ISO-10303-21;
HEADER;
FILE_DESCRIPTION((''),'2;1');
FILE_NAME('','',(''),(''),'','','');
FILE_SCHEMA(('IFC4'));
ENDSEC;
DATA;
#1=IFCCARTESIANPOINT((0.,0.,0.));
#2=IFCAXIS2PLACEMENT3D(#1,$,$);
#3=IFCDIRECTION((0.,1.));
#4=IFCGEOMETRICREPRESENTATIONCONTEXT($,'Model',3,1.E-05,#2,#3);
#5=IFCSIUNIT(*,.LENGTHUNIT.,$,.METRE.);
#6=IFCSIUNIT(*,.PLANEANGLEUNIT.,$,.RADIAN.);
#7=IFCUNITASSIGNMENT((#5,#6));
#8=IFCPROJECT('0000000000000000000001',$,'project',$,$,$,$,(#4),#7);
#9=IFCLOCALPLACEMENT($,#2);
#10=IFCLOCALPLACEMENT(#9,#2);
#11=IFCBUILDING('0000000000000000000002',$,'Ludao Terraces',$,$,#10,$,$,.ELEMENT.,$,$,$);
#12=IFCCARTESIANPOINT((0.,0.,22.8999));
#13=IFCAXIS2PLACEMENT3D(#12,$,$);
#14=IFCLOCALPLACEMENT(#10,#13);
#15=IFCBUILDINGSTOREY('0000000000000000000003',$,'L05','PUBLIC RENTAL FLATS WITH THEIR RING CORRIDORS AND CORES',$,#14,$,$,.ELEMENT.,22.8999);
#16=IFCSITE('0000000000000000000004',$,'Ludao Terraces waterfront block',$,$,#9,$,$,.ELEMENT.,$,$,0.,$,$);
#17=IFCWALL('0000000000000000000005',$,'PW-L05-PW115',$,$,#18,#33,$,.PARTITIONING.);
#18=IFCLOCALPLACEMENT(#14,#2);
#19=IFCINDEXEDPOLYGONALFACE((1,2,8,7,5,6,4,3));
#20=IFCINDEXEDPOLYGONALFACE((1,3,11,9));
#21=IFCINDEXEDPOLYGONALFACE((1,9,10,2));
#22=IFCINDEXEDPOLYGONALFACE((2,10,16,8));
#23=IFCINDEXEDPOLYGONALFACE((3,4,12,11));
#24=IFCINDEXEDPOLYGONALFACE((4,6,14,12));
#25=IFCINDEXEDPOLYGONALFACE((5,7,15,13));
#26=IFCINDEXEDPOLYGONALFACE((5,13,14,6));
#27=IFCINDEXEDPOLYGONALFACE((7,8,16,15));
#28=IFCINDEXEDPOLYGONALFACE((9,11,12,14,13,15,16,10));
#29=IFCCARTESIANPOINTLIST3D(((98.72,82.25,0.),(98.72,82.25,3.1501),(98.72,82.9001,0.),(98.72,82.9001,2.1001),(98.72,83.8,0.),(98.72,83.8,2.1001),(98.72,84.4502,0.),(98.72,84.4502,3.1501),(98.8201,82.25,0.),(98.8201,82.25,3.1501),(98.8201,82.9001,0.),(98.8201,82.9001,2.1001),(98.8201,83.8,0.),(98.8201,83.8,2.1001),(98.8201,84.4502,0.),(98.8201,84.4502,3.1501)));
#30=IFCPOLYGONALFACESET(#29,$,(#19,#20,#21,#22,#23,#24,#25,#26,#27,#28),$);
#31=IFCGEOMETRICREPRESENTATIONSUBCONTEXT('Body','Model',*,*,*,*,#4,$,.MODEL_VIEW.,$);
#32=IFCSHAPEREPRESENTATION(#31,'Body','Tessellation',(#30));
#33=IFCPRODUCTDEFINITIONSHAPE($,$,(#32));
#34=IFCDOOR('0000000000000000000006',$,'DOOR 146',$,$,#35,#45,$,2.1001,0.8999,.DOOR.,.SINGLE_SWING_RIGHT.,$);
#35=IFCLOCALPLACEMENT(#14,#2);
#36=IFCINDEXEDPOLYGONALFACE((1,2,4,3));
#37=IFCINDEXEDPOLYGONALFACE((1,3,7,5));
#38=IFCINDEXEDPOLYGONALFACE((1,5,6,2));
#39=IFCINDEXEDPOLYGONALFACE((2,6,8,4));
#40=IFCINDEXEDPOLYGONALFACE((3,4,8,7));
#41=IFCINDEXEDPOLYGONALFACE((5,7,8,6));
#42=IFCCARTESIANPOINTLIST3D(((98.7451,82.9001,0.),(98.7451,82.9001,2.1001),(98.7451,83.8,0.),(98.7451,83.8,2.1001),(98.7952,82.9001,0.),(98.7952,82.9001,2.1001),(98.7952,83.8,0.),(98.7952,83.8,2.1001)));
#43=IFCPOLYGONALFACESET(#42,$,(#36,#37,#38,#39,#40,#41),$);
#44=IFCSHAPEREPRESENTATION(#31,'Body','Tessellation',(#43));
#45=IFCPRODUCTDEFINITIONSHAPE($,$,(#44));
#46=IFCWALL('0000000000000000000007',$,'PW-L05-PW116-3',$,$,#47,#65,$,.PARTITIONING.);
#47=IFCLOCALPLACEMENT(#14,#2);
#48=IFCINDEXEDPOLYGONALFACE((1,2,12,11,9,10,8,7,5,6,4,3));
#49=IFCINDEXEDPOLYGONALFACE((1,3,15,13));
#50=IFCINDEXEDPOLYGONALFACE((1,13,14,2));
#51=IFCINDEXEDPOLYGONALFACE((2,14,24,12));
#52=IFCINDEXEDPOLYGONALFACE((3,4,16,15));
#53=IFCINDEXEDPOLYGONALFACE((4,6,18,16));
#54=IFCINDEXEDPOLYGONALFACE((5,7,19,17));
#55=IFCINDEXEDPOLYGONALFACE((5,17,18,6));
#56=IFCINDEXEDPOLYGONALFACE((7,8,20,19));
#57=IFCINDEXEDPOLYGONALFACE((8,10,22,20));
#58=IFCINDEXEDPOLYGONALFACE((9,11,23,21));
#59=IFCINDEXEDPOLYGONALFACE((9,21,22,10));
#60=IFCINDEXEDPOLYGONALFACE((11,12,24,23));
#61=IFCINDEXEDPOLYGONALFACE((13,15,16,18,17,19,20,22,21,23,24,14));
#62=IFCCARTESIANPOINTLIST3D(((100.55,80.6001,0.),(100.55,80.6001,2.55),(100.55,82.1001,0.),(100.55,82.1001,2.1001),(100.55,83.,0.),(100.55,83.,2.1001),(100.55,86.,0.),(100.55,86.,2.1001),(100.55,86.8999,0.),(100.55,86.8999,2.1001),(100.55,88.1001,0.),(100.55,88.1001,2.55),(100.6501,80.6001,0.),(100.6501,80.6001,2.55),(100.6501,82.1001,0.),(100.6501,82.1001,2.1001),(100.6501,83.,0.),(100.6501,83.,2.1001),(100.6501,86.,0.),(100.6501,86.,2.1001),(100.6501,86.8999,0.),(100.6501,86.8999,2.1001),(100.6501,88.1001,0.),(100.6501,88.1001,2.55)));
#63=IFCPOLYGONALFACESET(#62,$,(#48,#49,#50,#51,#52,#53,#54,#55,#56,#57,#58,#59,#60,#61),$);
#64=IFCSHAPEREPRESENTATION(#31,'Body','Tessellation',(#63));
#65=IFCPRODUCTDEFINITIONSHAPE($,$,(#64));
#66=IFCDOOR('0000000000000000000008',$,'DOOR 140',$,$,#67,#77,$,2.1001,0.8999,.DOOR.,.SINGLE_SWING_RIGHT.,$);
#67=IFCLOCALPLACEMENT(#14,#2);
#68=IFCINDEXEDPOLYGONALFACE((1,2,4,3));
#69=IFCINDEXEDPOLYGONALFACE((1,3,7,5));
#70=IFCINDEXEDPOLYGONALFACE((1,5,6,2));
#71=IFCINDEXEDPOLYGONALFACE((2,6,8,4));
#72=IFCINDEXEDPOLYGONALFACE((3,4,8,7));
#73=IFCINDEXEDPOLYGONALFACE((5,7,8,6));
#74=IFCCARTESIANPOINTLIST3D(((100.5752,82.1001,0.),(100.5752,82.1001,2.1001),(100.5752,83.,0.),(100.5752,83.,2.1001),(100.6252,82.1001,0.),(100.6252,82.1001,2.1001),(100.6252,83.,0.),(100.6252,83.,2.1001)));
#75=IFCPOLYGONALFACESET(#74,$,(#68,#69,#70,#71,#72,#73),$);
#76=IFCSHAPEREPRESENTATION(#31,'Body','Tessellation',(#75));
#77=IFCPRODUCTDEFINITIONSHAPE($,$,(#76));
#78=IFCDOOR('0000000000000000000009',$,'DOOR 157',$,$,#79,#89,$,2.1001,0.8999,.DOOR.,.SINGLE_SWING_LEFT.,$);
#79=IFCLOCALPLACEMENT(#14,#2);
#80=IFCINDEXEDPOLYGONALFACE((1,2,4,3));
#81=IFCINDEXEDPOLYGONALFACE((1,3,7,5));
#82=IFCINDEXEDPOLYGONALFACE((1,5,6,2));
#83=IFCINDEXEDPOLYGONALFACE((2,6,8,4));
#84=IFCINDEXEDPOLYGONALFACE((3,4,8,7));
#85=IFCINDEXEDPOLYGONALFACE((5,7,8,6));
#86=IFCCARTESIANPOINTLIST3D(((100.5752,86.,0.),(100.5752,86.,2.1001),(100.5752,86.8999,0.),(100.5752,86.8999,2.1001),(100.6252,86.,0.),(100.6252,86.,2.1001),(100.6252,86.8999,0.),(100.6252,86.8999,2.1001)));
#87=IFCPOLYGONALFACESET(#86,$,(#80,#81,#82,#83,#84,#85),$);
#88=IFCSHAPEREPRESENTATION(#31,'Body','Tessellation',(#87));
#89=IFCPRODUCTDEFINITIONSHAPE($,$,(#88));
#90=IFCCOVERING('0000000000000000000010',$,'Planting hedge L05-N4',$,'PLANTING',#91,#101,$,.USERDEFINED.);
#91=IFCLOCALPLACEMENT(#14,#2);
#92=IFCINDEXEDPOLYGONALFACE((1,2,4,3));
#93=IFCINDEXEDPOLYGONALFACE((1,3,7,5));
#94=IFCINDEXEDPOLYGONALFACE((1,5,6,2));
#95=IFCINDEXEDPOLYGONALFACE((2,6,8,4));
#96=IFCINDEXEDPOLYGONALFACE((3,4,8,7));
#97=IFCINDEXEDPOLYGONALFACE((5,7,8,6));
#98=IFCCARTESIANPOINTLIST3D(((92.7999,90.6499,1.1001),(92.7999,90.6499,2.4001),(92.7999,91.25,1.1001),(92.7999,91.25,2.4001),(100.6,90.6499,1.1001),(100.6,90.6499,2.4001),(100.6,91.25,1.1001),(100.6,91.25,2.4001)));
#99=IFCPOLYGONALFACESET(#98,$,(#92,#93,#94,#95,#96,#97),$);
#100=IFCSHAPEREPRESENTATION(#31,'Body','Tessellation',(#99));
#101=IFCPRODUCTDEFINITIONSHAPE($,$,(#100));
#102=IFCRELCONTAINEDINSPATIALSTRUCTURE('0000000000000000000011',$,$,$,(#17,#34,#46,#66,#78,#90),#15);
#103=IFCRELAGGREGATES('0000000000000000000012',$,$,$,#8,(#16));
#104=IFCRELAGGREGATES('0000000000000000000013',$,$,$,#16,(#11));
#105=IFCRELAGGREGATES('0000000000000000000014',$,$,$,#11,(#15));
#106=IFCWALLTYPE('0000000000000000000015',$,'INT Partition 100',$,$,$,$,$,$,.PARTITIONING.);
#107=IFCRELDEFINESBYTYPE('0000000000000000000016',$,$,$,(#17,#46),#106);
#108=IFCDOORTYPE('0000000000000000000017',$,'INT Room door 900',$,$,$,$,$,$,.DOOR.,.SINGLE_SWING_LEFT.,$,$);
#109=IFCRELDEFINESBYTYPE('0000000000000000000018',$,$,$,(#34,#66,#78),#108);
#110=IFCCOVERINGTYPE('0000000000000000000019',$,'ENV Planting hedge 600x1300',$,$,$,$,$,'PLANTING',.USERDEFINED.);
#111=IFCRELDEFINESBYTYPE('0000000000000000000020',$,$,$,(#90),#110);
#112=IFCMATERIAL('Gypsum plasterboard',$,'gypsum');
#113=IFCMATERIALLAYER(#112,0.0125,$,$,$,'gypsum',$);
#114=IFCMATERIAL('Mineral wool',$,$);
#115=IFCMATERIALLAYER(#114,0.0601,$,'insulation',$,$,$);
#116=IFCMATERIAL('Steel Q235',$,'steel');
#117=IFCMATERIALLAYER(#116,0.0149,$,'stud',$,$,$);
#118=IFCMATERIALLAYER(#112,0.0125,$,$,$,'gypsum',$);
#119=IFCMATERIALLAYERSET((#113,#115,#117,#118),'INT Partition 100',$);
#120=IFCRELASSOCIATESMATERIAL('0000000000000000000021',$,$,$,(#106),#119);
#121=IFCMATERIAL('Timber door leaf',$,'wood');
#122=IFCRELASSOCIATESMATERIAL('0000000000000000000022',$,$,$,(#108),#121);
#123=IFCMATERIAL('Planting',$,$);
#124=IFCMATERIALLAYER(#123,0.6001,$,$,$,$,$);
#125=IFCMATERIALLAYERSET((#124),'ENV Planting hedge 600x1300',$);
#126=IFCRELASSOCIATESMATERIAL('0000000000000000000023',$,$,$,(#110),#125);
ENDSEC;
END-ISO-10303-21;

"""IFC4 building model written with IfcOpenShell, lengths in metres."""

from ifc_helpers import new_model, si_unit, direction, frame, frame_2d, origin, origin_2d, place, context, subcontext, project, spatial, rectangle, extrude, material, layer, layer_set, type_object, element, fill, save


model = new_model("IFC4")

# Units and contexts
model_context = context("Model", 3, precision=1e-05, world=origin(), true_north=direction((0.0, 1.0)))
body_context = subcontext(model_context, "Body", "Model", "MODEL_VIEW")
ifc_project = project(units=[si_unit("LENGTHUNIT", "METRE"), si_unit("PLANEANGLEUNIT", "RADIAN")], contexts=[model_context])

# Site, building, storey
site_placement = place(None, origin())
site = spatial("IfcSite", under=ifc_project, at=site_placement, Name="Ludao Terraces waterfront block", CompositionType="ELEMENT", RefElevation=0.0)
building_placement = place(site_placement, origin())
building = spatial("IfcBuilding", under=site, at=building_placement, Name="Ludao Terraces", CompositionType="ELEMENT")
storey_placement = place(building_placement, frame((0.0, 0.0, 22.8999)))
storey = spatial("IfcBuildingStorey", under=building, at=storey_placement, Name="L05", Description="PUBLIC RENTAL FLATS WITH THEIR RING CORRIDORS AND CORES", CompositionType="ELEMENT", Elevation=22.8999)

# Shared definitions
ifc_material_1 = material(Name="Gypsum plasterboard", Category="gypsum")
ifc_layer_1 = layer(ifc_material_1, 0.0125, Category="gypsum")
ifc_material_2 = material(Name="Mineral wool")
ifc_layer_2 = layer(ifc_material_2, 0.0601, Name="insulation")
ifc_material_3 = material(Name="Steel Q235", Category="steel")
ifc_layer_3 = layer(ifc_material_3, 0.0149, Name="stud")
ifc_layer_4 = layer(ifc_material_1, 0.0125, Category="gypsum")
ifc_layer_set_1 = layer_set([ifc_layer_1, ifc_layer_2, ifc_layer_3, ifc_layer_4], Name="INT Partition 100")
wall_type_1 = type_object("IfcWallType", Name="INT Partition 100", PredefinedType="PARTITIONING", material=ifc_layer_set_1)

# Wall, opening, door
ifc_material_4 = material(Name="Timber door leaf", Category="wood")
door_type = type_object("IfcDoorType", Name="INT Room door 900", OperationType="SINGLE_SWING_LEFT", PredefinedType="DOOR", material=ifc_material_4)
wall_1_placement = place(storey_placement, frame((98.77, 82.25, 0.0), z_axis=(0.0, 0.0, 1.0), x_axis=(0.0, 1.0, 0.0)))
wall_1 = element("IfcWall", 1, at=wall_1_placement, inside=storey, type_object=wall_type_1, Name="PW-L05-PW115", PredefinedType="PARTITIONING", context=body_context, shape_type="SweptSolid", body=[
    extrude(rectangle(XDim=2.2002, YDim=0.1001, at=frame_2d((1.1001, 0.0))), origin(), (0.0, 0.0, 1.0), 3.1501),
])
opening_1_placement = place(wall_1_placement, frame((0.6501, 0.0, 0.0)))
opening_1 = element("IfcOpeningElement", 2, at=opening_1_placement, cuts=wall_1, PredefinedType="OPENING", context=body_context, shape_type="SweptSolid", body=[
    extrude(rectangle(XDim=0.8999, YDim=2.1001, at=frame_2d((0.45, 1.05))), frame((0.0, 0.0601, 0.0), z_axis=(0.0, -1.0, 0.0), x_axis=(1.0, 0.0, 0.0)), (0.0, 0.0, 1.0), 0.1201),
])
door_1_placement = place(opening_1_placement, origin())
door_1 = element("IfcDoor", 3, at=door_1_placement, inside=storey, type_object=door_type, Name="DOOR 146", OperationType="SINGLE_SWING_RIGHT", OverallHeight=2.1001, OverallWidth=0.8999, PredefinedType="DOOR", context=body_context, shape_type="SweptSolid", body=[
    extrude(rectangle(XDim=0.8999, YDim=2.1001, at=frame_2d((0.45, 1.05))), frame((0.0, 0.0249, 0.0), z_axis=(0.0, -1.0, 0.0), x_axis=(1.0, 0.0, 0.0)), (0.0, 0.0, 1.0), 0.05),
])
fill(opening_1, door_1)

# Wall, openings, doors
wall_2_placement = place(storey_placement, frame((100.6001, 80.6001, 0.0), z_axis=(0.0, 0.0, 1.0), x_axis=(0.0, 1.0, 0.0)))
wall_2 = element("IfcWall", 4, at=wall_2_placement, inside=storey, type_object=wall_type_1, Name="PW-L05-PW116-3", PredefinedType="PARTITIONING", context=body_context, shape_type="SweptSolid", body=[
    extrude(rectangle(XDim=7.5, YDim=0.1001, at=frame_2d((3.75, 0.0))), origin(), (0.0, 0.0, 1.0), 2.55),
])
opening_2_placement = place(wall_2_placement, frame((1.5, 0.0, 0.0)))
opening_2 = element("IfcOpeningElement", 5, at=opening_2_placement, cuts=wall_2, PredefinedType="OPENING", context=body_context, shape_type="SweptSolid", body=[
    extrude(rectangle(XDim=0.8999, YDim=2.1001, at=frame_2d((0.45, 1.05))), frame((0.0, 0.0601, 0.0), z_axis=(0.0, -1.0, 0.0), x_axis=(1.0, 0.0, 0.0)), (0.0, 0.0, 1.0), 0.1201),
])
opening_3_placement = place(wall_2_placement, frame((5.3999, 0.0, 0.0)))
opening_3 = element("IfcOpeningElement", 6, at=opening_3_placement, cuts=wall_2, PredefinedType="OPENING", context=body_context, shape_type="SweptSolid", body=[
    extrude(rectangle(XDim=0.8999, YDim=2.1001, at=frame_2d((0.45, 1.05))), frame((0.0, 0.0601, 0.0), z_axis=(0.0, -1.0, 0.0), x_axis=(1.0, 0.0, 0.0)), (0.0, 0.0, 1.0), 0.1201),
])
door_2_placement = place(opening_2_placement, origin())
door_2 = element("IfcDoor", 7, at=door_2_placement, inside=storey, type_object=door_type, Name="DOOR 140", OperationType="SINGLE_SWING_RIGHT", OverallHeight=2.1001, OverallWidth=0.8999, PredefinedType="DOOR", context=body_context, shape_type="SweptSolid", body=[
    extrude(rectangle(XDim=0.8999, YDim=2.1001, at=frame_2d((0.45, 1.05))), frame((0.0, 0.0249, 0.0), z_axis=(0.0, -1.0, 0.0), x_axis=(1.0, 0.0, 0.0)), (0.0, 0.0, 1.0), 0.05),
])
fill(opening_2, door_2)
door_3_placement = place(opening_3_placement, origin())
door_3 = element("IfcDoor", 8, at=door_3_placement, inside=storey, type_object=door_type, Name="DOOR 157", OperationType="SINGLE_SWING_LEFT", OverallHeight=2.1001, OverallWidth=0.8999, PredefinedType="DOOR", context=body_context, shape_type="SweptSolid", body=[
    extrude(rectangle(XDim=0.8999, YDim=2.1001, at=frame_2d((0.45, 1.05))), frame((0.0, 0.0249, 0.0), z_axis=(0.0, -1.0, 0.0), x_axis=(1.0, 0.0, 0.0)), (0.0, 0.0, 1.0), 0.05),
])
fill(opening_3, door_3)

# Covering
ifc_material_5 = material(Name="Planting")
ifc_layer_5 = layer(ifc_material_5, 0.6001)
ifc_layer_set_2 = layer_set([ifc_layer_5], Name="ENV Planting hedge 600x1300")
covering_type = type_object("IfcCoveringType", Name="ENV Planting hedge 600x1300", ElementType="PLANTING", PredefinedType="USERDEFINED", material=ifc_layer_set_2)
covering_placement = place(storey_placement, frame((96.7, 90.95, 1.1001), z_axis=(0.0, 0.0, 1.0), x_axis=(1.0, 0.0, 0.0)))
element("IfcCovering", 9, at=covering_placement, inside=storey, type_object=covering_type, Name="Planting hedge L05-N4", ObjectType="PLANTING", PredefinedType="USERDEFINED", context=body_context, shape_type="SweptSolid", body=[
    extrude(rectangle(XDim=7.8, YDim=0.6001, at=origin_2d()), origin(), (0.0, 0.0, 1.0), 1.3),
])

save(model, "model.ifc")
